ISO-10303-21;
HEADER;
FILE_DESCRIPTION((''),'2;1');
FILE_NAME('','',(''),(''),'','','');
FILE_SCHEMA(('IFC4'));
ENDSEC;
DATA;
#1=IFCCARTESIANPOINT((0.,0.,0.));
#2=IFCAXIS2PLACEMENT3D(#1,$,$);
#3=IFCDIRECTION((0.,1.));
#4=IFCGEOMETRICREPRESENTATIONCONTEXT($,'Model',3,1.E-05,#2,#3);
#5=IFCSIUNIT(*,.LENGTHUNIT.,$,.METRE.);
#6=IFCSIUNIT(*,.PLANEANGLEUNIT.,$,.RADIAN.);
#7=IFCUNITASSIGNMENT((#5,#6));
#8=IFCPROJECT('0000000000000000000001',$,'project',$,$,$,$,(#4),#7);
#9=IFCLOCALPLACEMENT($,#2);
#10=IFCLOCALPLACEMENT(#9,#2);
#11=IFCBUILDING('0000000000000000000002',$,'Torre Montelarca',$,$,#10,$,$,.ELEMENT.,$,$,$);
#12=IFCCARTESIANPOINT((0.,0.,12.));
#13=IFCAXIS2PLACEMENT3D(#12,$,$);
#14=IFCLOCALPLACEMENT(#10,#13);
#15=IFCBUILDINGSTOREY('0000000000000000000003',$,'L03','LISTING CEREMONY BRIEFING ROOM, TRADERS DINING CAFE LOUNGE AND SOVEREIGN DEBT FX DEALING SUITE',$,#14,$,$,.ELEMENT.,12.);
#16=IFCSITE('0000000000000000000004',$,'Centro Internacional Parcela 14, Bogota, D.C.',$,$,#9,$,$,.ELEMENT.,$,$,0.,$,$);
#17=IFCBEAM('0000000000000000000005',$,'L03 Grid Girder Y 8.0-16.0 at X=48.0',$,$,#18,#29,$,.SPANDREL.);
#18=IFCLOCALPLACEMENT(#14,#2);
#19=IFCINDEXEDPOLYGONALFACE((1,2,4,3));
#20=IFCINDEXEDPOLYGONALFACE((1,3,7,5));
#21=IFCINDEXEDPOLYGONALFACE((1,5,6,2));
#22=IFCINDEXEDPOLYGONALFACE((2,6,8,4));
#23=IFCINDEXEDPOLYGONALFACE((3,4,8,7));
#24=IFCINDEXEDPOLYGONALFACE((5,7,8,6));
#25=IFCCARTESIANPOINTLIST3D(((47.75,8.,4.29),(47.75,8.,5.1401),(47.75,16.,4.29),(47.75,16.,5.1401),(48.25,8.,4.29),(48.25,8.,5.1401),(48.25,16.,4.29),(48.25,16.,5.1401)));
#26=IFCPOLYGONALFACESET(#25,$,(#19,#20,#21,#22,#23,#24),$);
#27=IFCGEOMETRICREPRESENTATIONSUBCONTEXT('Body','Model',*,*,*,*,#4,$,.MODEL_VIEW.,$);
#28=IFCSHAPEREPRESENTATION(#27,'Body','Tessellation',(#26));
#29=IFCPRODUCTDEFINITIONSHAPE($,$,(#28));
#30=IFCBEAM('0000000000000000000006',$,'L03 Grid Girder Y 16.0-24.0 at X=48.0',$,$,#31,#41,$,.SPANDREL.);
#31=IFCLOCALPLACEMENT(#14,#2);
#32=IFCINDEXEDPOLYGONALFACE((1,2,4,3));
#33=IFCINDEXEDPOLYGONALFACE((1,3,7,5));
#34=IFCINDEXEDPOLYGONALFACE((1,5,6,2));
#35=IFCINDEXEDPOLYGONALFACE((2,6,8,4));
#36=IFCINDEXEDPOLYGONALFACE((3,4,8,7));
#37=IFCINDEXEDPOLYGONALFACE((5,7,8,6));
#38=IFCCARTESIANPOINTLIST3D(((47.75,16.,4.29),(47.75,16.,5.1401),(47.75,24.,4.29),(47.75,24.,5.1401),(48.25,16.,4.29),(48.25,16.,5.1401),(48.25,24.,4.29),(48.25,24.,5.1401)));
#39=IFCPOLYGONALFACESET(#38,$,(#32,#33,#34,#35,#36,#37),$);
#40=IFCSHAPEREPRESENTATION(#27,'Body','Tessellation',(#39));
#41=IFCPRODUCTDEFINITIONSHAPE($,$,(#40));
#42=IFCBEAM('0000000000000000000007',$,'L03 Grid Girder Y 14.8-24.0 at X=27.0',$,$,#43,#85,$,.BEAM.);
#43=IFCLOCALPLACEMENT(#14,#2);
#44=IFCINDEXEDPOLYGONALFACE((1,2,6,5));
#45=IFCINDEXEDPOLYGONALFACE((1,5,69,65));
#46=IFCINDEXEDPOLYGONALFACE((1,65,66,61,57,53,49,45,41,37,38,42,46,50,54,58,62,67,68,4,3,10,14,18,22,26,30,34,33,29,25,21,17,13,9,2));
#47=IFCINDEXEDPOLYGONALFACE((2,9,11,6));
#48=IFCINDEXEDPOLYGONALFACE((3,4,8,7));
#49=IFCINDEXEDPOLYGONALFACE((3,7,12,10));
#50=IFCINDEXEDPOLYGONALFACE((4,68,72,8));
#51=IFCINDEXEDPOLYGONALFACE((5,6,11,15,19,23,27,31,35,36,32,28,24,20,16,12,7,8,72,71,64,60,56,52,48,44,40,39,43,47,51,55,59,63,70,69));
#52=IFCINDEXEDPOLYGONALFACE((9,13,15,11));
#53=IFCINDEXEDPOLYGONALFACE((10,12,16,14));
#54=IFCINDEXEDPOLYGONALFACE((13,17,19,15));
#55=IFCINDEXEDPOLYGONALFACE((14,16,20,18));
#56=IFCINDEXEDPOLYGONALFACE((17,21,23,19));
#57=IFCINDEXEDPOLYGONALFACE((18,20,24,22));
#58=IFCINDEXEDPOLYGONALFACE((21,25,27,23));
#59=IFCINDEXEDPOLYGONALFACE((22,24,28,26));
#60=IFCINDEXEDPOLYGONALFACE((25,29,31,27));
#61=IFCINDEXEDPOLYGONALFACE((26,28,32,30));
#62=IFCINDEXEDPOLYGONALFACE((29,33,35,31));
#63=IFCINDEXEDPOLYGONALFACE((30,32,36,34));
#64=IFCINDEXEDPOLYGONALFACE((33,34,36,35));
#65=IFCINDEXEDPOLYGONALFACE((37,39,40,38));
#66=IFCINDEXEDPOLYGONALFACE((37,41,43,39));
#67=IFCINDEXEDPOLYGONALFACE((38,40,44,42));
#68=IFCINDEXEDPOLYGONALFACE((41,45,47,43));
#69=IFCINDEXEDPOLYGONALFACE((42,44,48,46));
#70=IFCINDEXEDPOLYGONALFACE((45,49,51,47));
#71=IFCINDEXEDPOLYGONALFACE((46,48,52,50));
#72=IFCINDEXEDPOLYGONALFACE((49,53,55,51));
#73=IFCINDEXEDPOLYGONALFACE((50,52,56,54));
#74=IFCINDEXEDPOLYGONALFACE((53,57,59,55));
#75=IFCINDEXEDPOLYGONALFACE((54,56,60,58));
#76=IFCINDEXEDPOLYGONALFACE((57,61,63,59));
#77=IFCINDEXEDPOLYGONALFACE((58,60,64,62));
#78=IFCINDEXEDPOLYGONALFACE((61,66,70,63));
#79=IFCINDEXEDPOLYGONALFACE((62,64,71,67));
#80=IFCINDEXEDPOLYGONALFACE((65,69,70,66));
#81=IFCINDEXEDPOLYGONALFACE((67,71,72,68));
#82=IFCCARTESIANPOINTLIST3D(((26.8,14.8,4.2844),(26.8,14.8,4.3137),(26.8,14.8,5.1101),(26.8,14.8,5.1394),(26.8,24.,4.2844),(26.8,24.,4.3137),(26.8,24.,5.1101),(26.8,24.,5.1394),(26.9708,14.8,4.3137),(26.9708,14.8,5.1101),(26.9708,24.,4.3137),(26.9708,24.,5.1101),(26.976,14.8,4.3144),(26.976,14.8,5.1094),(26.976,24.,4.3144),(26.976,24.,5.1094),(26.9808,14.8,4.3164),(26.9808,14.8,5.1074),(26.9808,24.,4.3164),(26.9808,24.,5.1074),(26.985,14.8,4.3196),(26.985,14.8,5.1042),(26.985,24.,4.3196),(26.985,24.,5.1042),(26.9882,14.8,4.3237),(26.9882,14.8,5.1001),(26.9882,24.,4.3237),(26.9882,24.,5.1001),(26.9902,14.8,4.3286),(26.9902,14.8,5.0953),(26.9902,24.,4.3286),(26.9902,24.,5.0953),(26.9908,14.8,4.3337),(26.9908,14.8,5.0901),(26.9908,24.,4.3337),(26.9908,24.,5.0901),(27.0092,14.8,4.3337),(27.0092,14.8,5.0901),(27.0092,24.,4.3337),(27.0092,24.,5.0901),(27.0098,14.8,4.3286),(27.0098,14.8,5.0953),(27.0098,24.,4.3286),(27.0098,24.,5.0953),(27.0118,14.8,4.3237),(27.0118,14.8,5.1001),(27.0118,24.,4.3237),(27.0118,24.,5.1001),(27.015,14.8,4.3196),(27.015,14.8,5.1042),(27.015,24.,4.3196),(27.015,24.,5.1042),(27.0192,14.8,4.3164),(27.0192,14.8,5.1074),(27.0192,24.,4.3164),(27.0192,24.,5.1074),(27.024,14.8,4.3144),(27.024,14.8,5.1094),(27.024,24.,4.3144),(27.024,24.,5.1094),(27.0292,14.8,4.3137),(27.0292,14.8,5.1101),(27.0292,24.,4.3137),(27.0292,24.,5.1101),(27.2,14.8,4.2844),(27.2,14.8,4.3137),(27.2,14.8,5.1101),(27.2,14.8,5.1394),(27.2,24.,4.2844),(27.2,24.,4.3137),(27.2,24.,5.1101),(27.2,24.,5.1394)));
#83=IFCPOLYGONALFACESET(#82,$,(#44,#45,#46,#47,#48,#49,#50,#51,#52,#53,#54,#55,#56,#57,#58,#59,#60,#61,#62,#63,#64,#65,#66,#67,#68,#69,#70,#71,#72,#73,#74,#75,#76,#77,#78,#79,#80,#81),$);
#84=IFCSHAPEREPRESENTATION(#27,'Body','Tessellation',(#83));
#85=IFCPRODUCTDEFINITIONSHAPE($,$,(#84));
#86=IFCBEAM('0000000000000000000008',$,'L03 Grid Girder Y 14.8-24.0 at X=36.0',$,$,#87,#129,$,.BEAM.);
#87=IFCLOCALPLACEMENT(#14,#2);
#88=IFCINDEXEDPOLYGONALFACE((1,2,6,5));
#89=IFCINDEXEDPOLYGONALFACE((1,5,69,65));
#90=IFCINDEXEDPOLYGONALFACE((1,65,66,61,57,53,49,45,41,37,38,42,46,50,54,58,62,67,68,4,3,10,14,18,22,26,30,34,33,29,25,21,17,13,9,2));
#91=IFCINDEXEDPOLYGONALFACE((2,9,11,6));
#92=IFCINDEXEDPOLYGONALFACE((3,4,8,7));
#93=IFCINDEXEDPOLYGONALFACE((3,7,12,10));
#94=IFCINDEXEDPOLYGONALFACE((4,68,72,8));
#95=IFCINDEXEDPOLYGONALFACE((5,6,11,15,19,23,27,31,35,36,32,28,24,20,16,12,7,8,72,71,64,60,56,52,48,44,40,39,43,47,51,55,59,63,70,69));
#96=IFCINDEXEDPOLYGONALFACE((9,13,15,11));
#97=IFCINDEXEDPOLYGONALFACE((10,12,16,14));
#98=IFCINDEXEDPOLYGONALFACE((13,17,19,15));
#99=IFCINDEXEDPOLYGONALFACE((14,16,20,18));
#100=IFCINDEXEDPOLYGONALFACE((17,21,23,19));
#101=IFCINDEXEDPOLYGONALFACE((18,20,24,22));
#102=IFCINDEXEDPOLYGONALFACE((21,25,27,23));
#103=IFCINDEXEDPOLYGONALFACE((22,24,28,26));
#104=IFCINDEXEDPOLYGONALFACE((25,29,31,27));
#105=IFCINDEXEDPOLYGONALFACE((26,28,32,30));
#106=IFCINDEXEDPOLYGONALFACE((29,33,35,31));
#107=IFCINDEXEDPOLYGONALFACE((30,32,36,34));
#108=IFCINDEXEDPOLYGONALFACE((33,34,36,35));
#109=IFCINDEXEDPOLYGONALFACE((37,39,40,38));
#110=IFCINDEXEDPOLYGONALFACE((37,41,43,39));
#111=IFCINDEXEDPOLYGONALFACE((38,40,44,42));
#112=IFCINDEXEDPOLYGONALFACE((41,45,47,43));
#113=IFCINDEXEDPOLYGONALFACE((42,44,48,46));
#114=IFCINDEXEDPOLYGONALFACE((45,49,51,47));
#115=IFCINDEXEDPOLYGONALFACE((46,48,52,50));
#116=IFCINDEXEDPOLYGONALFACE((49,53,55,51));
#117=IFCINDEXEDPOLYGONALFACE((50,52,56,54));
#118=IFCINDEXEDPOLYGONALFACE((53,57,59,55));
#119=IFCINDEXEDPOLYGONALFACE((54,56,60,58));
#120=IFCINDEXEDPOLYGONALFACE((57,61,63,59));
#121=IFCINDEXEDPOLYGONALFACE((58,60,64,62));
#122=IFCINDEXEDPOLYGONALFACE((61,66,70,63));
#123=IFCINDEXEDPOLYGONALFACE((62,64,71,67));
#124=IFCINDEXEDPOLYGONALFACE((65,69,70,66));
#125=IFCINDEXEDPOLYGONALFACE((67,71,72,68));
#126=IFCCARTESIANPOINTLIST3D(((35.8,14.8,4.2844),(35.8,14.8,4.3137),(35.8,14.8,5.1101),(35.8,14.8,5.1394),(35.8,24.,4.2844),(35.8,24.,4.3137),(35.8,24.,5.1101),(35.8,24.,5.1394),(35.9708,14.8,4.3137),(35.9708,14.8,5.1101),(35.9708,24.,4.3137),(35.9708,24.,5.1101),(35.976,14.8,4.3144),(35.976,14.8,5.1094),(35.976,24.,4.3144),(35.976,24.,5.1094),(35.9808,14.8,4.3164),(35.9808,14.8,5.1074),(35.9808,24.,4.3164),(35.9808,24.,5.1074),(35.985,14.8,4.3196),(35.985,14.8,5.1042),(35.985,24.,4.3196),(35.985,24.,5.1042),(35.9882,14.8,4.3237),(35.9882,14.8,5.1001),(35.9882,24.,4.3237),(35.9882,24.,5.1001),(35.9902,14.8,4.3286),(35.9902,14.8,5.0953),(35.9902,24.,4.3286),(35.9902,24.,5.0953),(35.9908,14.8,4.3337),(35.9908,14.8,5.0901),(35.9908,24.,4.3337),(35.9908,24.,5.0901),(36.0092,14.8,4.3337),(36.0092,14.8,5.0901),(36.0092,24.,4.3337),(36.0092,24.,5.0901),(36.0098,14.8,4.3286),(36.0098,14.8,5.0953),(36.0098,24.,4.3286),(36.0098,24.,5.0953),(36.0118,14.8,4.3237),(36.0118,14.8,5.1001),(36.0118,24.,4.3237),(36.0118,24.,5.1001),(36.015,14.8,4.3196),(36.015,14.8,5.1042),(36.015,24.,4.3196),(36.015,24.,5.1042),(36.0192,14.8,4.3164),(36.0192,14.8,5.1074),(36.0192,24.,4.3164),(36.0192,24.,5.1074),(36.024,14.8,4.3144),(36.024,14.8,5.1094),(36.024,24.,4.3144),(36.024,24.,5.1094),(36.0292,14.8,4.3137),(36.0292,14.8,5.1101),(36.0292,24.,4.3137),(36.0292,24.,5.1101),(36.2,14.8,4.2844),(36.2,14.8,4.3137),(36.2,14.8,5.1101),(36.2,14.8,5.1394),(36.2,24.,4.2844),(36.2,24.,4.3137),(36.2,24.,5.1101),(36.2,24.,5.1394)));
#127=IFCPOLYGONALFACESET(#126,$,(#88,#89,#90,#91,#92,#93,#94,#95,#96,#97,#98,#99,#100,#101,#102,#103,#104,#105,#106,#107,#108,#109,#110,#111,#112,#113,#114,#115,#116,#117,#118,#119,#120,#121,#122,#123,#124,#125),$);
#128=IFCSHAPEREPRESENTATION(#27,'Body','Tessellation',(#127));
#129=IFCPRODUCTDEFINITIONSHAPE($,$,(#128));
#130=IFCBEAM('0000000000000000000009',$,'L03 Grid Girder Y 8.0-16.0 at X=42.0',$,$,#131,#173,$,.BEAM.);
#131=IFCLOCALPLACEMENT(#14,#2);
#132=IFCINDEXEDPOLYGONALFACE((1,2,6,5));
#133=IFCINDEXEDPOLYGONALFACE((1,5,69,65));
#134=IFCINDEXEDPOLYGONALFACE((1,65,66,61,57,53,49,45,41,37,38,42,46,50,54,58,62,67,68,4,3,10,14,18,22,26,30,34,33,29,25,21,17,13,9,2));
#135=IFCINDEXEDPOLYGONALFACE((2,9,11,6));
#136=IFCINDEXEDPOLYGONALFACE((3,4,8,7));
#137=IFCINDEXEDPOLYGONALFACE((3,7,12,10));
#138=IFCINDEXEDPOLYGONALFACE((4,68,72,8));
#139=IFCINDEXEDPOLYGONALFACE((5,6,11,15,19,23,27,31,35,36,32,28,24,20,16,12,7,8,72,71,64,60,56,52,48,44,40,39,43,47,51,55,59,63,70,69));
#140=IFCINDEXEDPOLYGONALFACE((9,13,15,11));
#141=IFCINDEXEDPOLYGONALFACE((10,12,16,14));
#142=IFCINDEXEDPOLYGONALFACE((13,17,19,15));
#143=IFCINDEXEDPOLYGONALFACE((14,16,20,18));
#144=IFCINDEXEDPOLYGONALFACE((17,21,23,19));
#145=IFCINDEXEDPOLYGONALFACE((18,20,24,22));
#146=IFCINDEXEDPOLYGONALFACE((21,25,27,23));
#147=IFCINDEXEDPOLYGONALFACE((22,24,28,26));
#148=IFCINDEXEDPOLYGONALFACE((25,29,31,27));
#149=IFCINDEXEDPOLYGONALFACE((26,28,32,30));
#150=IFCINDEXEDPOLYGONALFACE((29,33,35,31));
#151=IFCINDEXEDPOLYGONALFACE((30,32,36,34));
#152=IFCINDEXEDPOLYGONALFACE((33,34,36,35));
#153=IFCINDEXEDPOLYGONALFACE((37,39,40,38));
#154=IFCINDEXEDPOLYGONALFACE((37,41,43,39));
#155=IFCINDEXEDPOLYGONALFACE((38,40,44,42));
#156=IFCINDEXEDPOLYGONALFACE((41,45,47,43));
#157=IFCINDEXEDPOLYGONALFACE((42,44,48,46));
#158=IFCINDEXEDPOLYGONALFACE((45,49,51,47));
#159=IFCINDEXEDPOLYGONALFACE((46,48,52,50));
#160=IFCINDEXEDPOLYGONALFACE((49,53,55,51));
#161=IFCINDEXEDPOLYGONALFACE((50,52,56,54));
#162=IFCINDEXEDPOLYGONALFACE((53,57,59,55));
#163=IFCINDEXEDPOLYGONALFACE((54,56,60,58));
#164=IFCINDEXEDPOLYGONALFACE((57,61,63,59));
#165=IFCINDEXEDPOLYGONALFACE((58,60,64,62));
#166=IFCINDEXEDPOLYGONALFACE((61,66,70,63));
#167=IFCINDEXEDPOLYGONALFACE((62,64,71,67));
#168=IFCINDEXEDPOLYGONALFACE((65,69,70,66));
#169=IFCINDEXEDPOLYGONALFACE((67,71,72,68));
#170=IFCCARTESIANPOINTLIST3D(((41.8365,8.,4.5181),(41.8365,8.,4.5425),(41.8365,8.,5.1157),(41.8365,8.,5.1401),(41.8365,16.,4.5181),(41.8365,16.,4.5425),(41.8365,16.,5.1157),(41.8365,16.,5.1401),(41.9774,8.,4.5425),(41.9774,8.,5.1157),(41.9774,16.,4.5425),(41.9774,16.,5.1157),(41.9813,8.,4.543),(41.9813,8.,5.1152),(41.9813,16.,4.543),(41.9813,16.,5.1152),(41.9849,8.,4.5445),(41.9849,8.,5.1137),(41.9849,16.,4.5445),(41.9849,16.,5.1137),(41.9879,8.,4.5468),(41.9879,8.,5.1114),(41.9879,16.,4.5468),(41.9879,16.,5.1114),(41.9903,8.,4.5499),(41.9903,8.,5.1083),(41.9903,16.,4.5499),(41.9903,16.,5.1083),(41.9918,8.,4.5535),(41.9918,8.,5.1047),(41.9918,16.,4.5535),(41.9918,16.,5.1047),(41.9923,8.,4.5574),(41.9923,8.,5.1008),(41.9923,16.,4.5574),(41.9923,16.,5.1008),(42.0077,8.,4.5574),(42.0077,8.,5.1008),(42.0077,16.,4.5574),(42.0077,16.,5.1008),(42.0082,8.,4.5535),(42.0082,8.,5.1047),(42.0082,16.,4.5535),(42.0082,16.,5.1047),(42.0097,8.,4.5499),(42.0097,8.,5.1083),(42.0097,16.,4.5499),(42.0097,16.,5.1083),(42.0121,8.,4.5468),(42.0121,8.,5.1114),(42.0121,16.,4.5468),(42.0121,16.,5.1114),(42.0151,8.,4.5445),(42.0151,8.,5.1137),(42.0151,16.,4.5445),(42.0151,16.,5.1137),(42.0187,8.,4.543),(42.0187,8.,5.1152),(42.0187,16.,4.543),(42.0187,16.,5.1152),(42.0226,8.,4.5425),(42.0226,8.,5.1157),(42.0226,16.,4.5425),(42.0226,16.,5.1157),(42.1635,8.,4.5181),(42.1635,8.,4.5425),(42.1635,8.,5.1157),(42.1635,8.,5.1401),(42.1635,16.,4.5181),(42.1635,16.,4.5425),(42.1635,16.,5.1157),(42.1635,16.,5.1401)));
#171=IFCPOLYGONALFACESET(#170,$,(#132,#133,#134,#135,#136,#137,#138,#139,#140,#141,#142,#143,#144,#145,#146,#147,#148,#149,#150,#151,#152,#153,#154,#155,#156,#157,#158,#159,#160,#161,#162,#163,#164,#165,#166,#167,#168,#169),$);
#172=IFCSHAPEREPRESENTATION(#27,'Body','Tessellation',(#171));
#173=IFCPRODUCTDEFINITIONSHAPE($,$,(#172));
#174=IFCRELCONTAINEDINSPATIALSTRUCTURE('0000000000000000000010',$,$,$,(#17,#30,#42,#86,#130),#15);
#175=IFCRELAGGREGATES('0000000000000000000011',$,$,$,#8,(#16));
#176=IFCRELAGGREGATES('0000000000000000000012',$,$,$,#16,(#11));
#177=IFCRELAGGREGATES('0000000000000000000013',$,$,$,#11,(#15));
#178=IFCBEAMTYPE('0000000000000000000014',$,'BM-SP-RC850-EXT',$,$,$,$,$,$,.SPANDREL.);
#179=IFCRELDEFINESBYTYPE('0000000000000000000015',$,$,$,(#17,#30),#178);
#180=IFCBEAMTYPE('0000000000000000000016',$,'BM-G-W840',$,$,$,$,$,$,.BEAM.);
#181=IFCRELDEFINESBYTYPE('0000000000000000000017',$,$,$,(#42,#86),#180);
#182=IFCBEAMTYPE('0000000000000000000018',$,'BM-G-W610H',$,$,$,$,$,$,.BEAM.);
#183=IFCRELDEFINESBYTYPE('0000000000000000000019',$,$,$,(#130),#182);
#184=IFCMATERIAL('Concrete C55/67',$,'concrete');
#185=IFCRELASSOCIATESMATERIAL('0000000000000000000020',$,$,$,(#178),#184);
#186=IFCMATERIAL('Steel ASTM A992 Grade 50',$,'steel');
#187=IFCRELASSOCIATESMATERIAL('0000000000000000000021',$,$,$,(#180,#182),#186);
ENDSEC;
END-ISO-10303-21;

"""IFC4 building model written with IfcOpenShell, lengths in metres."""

from ifc_helpers import new_model, si_unit, direction, frame, origin, origin_2d, place, context, subcontext, project, spatial, rectangle, i_section, extrude, source, transform, mapped, material, material_profile, profile_set, type_object, element, save


model = new_model("IFC4")

# Units and contexts
model_context = context("Model", 3, precision=1e-05, world=origin(), true_north=direction((0.0, 1.0)))
body_context = subcontext(model_context, "Body", "Model", "MODEL_VIEW")
ifc_project = project(units=[si_unit("LENGTHUNIT", "METRE"), si_unit("PLANEANGLEUNIT", "RADIAN")], contexts=[model_context])

# Site, building, storey
site_placement = place(None, origin())
site = spatial("IfcSite", under=ifc_project, at=site_placement, Name="Centro Internacional Parcela 14, Bogota, D.C.", CompositionType="ELEMENT", RefElevation=0.0)
building_placement = place(site_placement, origin())
building = spatial("IfcBuilding", under=site, at=building_placement, Name="Torre Montelarca", CompositionType="ELEMENT")
storey_placement = place(building_placement, frame((0.0, 0.0, 12.0)))
storey = spatial("IfcBuildingStorey", under=building, at=storey_placement, Name="L03", Description="LISTING CEREMONY BRIEFING ROOM, TRADERS DINING CAFE LOUNGE AND SOVEREIGN DEBT FX DEALING SUITE", CompositionType="ELEMENT", Elevation=12.0)

# Beams
ifc_material_1 = material(Name="Concrete C55/67", Category="concrete")
ifc_material_profile_1 = material_profile(ifc_material_1, rectangle(XDim=0.5, YDim=0.8501, at=origin_2d()), Name="RCB500X850", Category="concrete")
ifc_profile_set_1 = profile_set([ifc_material_profile_1], Name="Concrete C55/67")
beam_type_1 = type_object("IfcBeamType", Name="BM-SP-RC850-EXT", PredefinedType="SPANDREL", material=ifc_profile_set_1)
ifc_material_2 = material(Name="Steel ASTM A992 Grade 50", Category="steel")
ifc_material_profile_2 = material_profile(ifc_material_2, i_section(OverallWidth=0.3999, OverallDepth=0.855, WebThickness=0.0183, FlangeThickness=0.0293, FilletRadius=0.02, at=origin_2d()), Name="W840X299", Category="steel")
ifc_profile_set_2 = profile_set([ifc_material_profile_2], Name="Steel ASTM A992 Grade 50")
beam_type_2 = type_object("IfcBeamType", Name="BM-G-W840", PredefinedType="BEAM", material=ifc_profile_set_2)
ifc_material_profile_3 = material_profile(ifc_material_2, i_section(OverallWidth=0.3269, OverallDepth=0.6221, WebThickness=0.0154, FlangeThickness=0.0244, FilletRadius=0.0149, at=origin_2d()), Name="W610X195", Category="steel")
ifc_profile_set_3 = profile_set([ifc_material_profile_3], Name="Steel ASTM A992 Grade 50")
beam_type_3 = type_object("IfcBeamType", Name="BM-G-W610H", PredefinedType="BEAM", material=ifc_profile_set_3)
shared_shape_1 = source(origin(), body_context, "Body", "SweptSolid", [
    extrude(rectangle(XDim=0.5, YDim=0.8501, at=origin_2d()), origin(), (0.0, 0.0, 1.0), 8.0),
])
for number, where, z_axis, x_axis, name in (
    (1, (48.0, 8.0, 4.7151), (0.0, 1.0, 0.0), (-1.0, 0.0, 0.0), "L03 Grid Girder Y 8.0-16.0 at X=48.0"),
    (2, (48.0, 16.0, 4.7151), (0.0, 1.0, 0.0), (-1.0, 0.0, 0.0), "L03 Grid Girder Y 16.0-24.0 at X=48.0"),
):
    element("IfcBeam", number, at=place(storey_placement, frame(where, z_axis=z_axis, x_axis=x_axis)), inside=storey, type_object=beam_type_1, Name=name, PredefinedType="SPANDREL", context=body_context, shape_type="MappedRepresentation", body=[
        mapped(shared_shape_1, transform((0.0, 0.0, 0.0), scale=1.0)),
    ])
shared_shape_2 = source(origin(), body_context, "Body", "SweptSolid", [
    extrude(i_section(OverallWidth=0.3999, OverallDepth=0.855, WebThickness=0.0183, FlangeThickness=0.0293, FilletRadius=0.02, at=origin_2d()), origin(), (0.0, 0.0, 1.0), 9.2),
])
for number, where, z_axis, x_axis, name in (
    (3, (27.0, 14.8, 4.7119), (0.0, 1.0, 0.0), (-1.0, 0.0, 0.0), "L03 Grid Girder Y 14.8-24.0 at X=27.0"),
    (4, (36.0, 14.8, 4.7119), (0.0, 1.0, 0.0), (-1.0, 0.0, 0.0), "L03 Grid Girder Y 14.8-24.0 at X=36.0"),
):
    element("IfcBeam", number, at=place(storey_placement, frame(where, z_axis=z_axis, x_axis=x_axis)), inside=storey, type_object=beam_type_2, Name=name, PredefinedType="BEAM", context=body_context, shape_type="MappedRepresentation", body=[
        mapped(shared_shape_2, transform((0.0, 0.0, 0.0), scale=1.0)),
    ])
shared_shape_3 = source(origin(), body_context, "Body", "SweptSolid", [
    extrude(i_section(OverallWidth=0.3269, OverallDepth=0.6221, WebThickness=0.0154, FlangeThickness=0.0244, FilletRadius=0.0149, at=origin_2d()), origin(), (0.0, 0.0, 1.0), 8.0),
])
for number, where, z_axis, x_axis, name in (
    (5, (42.0, 8.0, 4.8291), (0.0, 1.0, 0.0), (-1.0, 0.0, 0.0), "L03 Grid Girder Y 8.0-16.0 at X=42.0"),
):
    element("IfcBeam", number, at=place(storey_placement, frame(where, z_axis=z_axis, x_axis=x_axis)), inside=storey, type_object=beam_type_3, Name=name, PredefinedType="BEAM", context=body_context, shape_type="MappedRepresentation", body=[
        mapped(shared_shape_3, transform((0.0, 0.0, 0.0), scale=1.0)),
    ])

save(model, "model.ifc")
